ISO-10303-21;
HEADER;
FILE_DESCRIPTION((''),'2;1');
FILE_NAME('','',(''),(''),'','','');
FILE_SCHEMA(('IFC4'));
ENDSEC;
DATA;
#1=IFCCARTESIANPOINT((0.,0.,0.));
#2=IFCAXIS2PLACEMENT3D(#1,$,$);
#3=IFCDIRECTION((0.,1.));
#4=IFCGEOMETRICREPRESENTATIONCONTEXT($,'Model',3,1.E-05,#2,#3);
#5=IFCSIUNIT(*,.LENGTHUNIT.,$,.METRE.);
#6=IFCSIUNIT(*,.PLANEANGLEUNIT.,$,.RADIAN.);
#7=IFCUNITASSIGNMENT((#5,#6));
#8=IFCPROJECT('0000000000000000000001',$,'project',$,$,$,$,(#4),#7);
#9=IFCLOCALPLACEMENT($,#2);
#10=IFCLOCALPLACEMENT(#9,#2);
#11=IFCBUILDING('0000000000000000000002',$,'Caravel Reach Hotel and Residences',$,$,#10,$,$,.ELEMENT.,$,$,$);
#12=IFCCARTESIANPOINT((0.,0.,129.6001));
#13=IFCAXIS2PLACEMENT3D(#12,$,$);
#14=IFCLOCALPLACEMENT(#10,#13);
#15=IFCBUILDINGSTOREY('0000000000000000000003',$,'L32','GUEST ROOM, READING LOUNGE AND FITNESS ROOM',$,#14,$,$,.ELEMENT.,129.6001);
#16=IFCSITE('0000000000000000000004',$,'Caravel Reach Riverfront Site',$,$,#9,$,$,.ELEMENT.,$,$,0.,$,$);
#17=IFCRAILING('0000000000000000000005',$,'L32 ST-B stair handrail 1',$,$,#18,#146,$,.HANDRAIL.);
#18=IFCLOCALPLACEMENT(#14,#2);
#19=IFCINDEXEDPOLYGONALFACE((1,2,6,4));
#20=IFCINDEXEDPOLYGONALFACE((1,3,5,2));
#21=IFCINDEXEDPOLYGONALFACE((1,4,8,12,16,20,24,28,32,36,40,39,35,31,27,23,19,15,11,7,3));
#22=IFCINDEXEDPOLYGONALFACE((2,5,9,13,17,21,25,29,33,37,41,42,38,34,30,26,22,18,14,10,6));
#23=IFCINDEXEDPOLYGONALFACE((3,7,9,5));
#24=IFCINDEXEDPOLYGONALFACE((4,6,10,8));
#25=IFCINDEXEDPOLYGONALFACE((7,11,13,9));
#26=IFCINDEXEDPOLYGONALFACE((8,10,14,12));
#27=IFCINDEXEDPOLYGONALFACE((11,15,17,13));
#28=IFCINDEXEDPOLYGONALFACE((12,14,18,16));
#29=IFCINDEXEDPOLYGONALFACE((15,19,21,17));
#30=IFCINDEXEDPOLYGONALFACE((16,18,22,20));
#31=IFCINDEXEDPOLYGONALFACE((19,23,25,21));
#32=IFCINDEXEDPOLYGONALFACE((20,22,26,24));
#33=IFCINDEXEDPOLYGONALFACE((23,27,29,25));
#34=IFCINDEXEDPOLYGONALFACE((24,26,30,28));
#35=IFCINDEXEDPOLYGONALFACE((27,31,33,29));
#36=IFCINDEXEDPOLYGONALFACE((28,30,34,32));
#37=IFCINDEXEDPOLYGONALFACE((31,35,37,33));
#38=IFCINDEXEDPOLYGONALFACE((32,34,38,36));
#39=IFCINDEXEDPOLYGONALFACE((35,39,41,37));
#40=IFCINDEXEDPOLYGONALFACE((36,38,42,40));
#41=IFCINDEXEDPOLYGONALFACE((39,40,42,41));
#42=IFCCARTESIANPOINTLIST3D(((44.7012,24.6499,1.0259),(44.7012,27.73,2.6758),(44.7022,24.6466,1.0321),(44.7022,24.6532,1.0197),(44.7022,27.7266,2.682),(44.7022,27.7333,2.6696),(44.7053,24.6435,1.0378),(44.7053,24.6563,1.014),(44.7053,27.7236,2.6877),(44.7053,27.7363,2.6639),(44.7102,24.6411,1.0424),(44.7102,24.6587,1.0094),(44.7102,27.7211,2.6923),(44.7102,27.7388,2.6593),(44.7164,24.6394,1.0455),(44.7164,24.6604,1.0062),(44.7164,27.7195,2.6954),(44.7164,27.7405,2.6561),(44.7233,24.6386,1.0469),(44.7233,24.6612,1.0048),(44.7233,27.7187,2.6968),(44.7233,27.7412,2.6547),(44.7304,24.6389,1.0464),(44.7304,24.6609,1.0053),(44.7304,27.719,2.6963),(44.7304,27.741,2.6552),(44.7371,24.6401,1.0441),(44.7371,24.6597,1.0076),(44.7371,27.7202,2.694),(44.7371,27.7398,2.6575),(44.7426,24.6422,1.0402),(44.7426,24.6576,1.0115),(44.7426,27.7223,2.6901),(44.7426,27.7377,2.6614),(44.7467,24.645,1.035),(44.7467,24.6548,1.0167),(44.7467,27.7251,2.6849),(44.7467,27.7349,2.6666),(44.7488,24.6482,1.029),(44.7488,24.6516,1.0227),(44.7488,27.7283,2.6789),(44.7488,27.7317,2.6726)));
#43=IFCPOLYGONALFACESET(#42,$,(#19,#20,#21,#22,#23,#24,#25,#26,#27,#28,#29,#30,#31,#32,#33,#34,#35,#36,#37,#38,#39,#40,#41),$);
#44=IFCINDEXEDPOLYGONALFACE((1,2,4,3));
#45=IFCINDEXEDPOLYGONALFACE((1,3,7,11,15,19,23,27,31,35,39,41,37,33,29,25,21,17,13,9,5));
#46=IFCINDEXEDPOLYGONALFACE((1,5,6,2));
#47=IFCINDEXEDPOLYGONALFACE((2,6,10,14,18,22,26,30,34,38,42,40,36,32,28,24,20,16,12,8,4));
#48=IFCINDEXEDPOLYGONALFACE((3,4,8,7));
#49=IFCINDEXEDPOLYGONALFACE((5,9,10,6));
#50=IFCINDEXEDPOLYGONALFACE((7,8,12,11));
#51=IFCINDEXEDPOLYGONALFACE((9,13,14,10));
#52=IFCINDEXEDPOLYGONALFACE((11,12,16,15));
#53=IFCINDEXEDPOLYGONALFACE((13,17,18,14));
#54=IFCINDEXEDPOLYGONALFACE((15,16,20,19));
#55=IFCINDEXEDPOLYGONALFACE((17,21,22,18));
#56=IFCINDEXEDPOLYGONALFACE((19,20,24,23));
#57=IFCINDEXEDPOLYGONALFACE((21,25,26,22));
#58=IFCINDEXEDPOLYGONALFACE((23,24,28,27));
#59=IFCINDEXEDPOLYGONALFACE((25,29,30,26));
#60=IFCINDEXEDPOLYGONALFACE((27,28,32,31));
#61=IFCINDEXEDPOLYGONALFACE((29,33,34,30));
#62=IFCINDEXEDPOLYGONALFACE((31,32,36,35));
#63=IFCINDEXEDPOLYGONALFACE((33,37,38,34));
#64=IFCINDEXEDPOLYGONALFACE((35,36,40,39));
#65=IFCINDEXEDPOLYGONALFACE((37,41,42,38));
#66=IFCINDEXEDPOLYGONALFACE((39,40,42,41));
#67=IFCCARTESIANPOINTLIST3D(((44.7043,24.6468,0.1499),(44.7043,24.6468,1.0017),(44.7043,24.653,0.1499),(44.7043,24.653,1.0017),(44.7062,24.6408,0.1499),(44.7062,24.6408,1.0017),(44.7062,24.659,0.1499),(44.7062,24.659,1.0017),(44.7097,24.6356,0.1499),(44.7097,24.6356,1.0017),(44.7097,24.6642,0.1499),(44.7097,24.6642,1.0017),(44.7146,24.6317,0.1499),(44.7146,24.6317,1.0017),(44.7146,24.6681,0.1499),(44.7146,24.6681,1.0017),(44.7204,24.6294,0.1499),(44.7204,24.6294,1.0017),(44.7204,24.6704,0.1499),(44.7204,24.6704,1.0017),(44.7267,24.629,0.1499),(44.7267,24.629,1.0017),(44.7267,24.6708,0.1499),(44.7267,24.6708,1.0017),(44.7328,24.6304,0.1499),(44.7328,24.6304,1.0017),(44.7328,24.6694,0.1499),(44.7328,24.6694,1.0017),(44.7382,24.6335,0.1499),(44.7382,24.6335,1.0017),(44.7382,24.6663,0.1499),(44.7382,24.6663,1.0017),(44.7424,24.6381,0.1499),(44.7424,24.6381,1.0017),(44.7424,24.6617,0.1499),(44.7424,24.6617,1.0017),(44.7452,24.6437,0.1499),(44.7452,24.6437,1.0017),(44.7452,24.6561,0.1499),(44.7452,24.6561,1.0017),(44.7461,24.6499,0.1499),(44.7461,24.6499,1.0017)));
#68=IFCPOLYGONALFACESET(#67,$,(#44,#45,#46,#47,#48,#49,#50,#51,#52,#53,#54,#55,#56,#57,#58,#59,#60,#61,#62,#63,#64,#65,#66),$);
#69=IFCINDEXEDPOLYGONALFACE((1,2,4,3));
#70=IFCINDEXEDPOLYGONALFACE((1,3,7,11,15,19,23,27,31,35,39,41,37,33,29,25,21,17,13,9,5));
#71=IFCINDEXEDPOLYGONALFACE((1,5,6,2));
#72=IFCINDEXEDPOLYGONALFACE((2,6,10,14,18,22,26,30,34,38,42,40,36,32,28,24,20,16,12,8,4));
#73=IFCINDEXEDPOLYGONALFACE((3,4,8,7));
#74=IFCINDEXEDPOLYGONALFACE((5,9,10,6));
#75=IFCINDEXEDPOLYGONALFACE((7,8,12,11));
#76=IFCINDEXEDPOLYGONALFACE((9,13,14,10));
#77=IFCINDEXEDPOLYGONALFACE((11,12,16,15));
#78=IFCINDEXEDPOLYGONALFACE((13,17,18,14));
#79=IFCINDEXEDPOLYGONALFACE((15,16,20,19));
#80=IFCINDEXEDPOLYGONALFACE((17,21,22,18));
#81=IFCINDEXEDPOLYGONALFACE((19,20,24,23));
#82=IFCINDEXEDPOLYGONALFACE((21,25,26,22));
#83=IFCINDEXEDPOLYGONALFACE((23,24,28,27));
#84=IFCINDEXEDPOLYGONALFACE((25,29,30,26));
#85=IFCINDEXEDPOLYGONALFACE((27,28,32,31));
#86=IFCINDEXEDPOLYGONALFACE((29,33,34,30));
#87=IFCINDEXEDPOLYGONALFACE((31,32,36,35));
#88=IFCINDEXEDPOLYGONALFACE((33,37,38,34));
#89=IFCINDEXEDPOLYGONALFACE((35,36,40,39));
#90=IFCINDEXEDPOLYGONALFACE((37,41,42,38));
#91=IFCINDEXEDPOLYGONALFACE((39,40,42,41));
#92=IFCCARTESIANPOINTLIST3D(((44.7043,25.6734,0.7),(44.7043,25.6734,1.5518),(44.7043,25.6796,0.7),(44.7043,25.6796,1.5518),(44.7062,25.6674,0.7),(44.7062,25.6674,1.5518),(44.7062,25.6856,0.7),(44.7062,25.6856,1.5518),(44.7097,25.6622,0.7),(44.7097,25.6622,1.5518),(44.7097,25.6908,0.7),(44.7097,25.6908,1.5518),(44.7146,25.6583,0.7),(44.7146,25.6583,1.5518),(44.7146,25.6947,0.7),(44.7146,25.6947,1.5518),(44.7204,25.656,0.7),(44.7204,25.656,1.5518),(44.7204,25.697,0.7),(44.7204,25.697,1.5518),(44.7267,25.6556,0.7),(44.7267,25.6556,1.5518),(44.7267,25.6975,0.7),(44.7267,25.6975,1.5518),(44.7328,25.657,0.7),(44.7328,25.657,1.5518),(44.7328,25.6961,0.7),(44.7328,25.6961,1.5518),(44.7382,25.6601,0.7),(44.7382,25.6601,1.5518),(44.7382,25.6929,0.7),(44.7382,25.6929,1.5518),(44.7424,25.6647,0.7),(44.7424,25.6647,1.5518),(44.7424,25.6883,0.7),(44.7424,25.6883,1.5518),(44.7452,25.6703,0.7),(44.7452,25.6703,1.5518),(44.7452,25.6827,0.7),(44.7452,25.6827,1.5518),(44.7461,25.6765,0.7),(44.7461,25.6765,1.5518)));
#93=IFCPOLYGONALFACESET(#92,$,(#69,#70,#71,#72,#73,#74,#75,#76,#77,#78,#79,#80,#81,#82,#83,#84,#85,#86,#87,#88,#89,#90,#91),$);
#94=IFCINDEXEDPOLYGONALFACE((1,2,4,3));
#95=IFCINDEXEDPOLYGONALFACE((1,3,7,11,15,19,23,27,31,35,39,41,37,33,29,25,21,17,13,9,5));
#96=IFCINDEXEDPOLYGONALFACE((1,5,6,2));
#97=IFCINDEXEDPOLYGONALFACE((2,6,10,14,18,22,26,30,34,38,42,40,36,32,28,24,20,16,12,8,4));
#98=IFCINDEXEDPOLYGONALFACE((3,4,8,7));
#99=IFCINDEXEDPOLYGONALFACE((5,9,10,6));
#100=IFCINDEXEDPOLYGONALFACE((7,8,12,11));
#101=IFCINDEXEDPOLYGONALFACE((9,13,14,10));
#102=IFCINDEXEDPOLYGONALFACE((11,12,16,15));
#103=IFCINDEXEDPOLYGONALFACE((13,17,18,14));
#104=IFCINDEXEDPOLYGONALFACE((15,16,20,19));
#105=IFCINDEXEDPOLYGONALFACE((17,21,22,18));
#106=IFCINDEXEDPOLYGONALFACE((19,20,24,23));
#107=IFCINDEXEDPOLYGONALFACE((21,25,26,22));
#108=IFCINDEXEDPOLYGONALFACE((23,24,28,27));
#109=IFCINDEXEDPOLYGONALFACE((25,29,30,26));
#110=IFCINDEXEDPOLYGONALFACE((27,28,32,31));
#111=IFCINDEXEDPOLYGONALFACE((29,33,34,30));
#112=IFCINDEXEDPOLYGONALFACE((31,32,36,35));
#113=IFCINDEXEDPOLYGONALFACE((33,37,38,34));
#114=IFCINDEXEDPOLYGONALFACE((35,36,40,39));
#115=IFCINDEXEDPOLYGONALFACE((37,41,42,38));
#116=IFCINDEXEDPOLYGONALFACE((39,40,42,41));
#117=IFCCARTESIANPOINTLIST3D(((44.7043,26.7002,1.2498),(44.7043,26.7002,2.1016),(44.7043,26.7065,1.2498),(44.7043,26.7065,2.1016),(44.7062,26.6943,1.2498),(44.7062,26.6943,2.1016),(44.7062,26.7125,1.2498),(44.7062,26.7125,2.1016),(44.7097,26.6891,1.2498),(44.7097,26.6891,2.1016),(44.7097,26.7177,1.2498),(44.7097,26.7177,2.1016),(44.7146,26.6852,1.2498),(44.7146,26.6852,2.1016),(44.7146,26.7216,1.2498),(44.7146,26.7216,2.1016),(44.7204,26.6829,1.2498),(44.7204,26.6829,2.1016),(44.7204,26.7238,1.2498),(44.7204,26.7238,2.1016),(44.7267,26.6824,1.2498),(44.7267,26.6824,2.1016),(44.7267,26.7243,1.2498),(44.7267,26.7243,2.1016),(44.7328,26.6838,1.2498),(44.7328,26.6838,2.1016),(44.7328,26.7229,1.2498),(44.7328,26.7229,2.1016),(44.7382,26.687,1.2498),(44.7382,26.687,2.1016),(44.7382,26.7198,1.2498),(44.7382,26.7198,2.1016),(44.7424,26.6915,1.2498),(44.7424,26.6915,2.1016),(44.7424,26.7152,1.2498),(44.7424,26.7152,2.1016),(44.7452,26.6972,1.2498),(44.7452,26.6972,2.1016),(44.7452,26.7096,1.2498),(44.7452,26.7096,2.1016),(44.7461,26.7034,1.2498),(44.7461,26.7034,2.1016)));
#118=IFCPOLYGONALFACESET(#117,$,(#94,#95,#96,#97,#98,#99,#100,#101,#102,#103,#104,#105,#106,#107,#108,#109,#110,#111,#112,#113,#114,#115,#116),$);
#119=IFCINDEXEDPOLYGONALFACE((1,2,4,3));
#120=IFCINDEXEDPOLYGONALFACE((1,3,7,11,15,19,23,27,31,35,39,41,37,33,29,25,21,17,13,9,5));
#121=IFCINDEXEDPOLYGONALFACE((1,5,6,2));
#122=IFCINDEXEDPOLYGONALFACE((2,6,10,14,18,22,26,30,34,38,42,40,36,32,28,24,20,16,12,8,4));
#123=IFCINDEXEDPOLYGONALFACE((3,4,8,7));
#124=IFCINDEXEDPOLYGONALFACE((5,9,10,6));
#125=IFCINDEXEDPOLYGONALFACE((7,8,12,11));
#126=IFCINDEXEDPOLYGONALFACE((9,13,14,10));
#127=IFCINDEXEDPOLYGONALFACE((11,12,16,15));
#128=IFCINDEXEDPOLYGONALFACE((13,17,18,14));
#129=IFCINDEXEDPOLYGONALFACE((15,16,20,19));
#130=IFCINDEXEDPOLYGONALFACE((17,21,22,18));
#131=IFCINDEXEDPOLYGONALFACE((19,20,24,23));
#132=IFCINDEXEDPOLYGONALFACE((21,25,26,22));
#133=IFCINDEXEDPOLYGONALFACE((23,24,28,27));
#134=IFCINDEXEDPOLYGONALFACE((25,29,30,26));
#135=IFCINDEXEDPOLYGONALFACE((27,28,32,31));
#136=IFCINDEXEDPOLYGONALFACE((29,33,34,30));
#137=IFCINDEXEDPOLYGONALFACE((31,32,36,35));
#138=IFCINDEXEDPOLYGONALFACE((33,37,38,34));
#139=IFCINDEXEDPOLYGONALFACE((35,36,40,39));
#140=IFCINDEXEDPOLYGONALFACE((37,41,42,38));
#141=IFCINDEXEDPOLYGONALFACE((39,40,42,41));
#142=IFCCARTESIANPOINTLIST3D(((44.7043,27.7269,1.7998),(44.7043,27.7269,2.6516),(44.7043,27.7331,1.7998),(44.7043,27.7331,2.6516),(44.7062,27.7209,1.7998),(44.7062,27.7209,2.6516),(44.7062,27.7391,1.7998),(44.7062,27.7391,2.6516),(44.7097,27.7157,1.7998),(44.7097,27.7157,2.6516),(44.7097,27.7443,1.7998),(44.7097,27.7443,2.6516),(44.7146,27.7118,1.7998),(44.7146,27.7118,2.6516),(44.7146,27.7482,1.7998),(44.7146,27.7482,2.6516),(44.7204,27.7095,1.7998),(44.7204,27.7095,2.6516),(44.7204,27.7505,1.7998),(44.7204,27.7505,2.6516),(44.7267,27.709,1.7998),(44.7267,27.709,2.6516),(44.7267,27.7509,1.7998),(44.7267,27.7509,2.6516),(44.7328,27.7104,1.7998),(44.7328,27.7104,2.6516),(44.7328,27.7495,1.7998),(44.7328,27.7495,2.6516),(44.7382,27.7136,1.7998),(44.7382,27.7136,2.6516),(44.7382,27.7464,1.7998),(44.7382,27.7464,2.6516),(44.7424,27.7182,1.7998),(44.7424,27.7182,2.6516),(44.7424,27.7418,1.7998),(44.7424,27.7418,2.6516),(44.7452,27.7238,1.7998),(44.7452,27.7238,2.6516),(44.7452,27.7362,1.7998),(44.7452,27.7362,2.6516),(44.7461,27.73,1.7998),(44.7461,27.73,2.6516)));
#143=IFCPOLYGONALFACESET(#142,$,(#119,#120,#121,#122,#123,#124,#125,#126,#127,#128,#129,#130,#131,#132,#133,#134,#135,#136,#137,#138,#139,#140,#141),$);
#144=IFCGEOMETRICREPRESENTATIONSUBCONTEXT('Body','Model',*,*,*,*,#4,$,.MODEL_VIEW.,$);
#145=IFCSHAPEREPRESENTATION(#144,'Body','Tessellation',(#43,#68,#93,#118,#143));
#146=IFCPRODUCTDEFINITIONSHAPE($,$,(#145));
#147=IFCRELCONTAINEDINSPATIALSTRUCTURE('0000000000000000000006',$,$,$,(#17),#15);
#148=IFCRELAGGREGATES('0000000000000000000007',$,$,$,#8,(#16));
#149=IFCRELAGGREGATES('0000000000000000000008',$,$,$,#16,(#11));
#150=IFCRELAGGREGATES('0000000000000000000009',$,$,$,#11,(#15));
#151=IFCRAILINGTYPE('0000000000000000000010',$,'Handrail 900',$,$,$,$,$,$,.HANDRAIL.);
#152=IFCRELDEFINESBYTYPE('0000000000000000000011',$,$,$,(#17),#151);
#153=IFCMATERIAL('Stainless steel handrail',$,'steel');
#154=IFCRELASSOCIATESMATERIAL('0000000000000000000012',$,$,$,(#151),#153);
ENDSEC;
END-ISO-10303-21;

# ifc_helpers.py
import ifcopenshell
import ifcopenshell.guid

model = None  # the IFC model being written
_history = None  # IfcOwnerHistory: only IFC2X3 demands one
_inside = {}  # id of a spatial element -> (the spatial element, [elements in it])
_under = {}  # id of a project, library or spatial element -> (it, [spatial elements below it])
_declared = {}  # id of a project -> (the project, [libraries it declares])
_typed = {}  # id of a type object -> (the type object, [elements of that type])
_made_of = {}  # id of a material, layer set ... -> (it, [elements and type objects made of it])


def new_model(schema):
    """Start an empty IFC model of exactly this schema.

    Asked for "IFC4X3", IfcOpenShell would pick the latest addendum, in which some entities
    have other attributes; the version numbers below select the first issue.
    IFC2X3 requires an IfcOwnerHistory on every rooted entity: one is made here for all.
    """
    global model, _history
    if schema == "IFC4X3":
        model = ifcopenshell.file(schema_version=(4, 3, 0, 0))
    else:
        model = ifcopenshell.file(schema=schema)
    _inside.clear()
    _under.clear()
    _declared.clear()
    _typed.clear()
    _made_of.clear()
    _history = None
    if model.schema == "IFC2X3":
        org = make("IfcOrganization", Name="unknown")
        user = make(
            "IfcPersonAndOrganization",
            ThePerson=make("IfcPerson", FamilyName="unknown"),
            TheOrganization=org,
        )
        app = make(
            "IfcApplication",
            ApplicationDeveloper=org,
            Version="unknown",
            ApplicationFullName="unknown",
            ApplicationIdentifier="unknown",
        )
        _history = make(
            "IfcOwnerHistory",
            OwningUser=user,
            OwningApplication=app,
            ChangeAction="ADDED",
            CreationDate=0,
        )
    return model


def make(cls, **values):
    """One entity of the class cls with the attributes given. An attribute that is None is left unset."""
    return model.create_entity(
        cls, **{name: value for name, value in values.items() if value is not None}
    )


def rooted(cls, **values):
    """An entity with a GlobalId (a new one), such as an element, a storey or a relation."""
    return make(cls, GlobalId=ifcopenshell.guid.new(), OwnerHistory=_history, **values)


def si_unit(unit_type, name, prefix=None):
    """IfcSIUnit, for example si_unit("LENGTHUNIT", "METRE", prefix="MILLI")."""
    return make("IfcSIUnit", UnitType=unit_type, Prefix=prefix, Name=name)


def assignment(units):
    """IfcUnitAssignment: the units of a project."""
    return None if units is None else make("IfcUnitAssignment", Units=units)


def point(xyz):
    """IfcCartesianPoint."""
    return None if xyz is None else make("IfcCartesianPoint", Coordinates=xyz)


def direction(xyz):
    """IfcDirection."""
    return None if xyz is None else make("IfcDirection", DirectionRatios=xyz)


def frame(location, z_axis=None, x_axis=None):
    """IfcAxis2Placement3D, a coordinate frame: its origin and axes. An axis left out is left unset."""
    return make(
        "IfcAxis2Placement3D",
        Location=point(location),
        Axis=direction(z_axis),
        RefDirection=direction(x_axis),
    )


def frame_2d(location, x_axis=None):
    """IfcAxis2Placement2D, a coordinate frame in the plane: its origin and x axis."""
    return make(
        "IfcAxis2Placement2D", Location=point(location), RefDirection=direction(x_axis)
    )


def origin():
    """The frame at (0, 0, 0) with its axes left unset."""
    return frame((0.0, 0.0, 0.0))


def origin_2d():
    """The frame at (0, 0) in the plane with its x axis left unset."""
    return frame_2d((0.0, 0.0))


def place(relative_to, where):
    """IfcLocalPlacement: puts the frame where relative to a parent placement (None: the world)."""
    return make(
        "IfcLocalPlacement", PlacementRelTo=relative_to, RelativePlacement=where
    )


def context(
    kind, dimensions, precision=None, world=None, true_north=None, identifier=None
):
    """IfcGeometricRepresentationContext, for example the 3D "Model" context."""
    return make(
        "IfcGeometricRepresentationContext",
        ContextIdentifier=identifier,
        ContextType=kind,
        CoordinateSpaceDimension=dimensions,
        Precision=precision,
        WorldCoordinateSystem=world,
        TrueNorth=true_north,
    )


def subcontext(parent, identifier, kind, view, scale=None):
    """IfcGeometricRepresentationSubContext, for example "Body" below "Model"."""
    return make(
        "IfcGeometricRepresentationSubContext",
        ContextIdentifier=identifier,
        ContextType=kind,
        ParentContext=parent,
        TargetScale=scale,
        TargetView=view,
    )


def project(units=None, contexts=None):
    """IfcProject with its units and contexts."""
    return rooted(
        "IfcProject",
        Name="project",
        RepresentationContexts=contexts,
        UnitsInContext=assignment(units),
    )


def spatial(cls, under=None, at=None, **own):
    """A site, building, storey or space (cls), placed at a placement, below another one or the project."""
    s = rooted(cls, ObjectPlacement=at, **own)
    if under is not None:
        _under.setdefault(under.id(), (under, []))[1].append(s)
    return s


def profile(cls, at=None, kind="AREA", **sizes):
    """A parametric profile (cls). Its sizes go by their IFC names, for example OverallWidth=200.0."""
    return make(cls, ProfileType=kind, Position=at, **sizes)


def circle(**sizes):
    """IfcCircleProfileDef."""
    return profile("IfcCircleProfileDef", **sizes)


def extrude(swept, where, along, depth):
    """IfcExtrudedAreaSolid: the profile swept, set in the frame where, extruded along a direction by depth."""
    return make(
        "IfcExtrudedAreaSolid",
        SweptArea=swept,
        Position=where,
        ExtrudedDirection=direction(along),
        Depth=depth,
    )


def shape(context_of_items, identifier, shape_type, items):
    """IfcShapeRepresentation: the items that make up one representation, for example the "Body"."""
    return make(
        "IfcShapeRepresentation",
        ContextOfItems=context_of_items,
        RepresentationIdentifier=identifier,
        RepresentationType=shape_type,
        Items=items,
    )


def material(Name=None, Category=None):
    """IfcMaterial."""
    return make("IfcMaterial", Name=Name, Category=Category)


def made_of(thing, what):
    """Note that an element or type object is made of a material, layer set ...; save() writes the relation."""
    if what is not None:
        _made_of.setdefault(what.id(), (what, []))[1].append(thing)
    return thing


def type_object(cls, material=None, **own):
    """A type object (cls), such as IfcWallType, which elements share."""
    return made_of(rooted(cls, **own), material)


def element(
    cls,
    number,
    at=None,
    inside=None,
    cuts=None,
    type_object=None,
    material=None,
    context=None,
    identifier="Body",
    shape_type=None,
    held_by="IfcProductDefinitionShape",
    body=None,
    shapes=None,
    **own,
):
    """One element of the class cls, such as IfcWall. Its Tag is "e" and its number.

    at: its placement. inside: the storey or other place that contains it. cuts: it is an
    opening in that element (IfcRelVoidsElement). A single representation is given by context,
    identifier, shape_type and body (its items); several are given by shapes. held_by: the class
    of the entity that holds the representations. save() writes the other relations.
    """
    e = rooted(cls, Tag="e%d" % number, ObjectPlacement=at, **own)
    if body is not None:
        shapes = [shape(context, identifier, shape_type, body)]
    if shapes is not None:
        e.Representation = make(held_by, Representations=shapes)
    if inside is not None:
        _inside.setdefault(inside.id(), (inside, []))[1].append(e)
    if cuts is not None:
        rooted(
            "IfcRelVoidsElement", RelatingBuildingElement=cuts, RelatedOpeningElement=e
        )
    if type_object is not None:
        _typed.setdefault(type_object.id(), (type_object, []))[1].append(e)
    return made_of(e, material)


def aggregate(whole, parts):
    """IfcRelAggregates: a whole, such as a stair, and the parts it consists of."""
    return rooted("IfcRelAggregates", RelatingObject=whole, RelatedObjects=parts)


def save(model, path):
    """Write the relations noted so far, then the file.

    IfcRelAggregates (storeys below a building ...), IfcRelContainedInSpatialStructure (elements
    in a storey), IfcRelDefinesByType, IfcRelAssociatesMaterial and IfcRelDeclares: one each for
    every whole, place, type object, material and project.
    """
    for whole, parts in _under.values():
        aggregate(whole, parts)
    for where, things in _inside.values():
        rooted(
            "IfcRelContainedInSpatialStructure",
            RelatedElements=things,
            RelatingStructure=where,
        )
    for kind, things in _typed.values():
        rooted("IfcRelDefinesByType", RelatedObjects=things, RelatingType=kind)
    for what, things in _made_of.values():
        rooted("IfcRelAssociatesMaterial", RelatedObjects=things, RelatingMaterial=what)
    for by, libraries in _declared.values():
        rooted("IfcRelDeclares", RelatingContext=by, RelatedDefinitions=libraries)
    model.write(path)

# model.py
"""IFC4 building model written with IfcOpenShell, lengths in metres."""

from ifc_helpers import new_model, si_unit, direction, frame, origin, origin_2d, place, context, subcontext, project, spatial, circle, extrude, material, type_object, element, save


model = new_model("IFC4")

# Units and contexts
model_context = context("Model", 3, precision=1e-05, world=origin(), true_north=direction((0.0, 1.0)))
body_context = subcontext(model_context, "Body", "Model", "MODEL_VIEW")
ifc_project = project(units=[si_unit("LENGTHUNIT", "METRE"), si_unit("PLANEANGLEUNIT", "RADIAN")], contexts=[model_context])

# Site, building, storey
site_placement = place(None, origin())
site = spatial("IfcSite", under=ifc_project, at=site_placement, Name="Caravel Reach Riverfront Site", CompositionType="ELEMENT", RefElevation=0.0)
building_placement = place(site_placement, origin())
building = spatial("IfcBuilding", under=site, at=building_placement, Name="Caravel Reach Hotel and Residences", CompositionType="ELEMENT")
storey_placement = place(building_placement, frame((0.0, 0.0, 129.6001)))
storey = spatial("IfcBuildingStorey", under=building, at=storey_placement, Name="L32", Description="GUEST ROOM, READING LOUNGE AND FITNESS ROOM", CompositionType="ELEMENT", Elevation=129.6001)

# Railing
ifc_material_1 = material(Name="Stainless steel handrail", Category="steel")
railing_type_1 = type_object("IfcRailingType", Name="Handrail 900", PredefinedType="HANDRAIL", material=ifc_material_1)
railing_1_placement = place(storey_placement, frame((44.7251, 24.6499, 0.1499)))
element("IfcRailing", 1, at=railing_1_placement, inside=storey, type_object=railing_type_1, Name="L32 ST-B stair handrail 1", PredefinedType="HANDRAIL", context=body_context, shape_type="SweptSolid", body=[
    extrude(circle(Radius=0.0239, at=origin_2d()), frame((0.0, 0.0, 0.876), z_axis=(0.0, 0.881497, 0.47219), x_axis=(-1.0, 0.0, 0.0)), (0.0, 0.0, 1.0), 3.4941),
    extrude(circle(Radius=0.021, at=origin_2d()), origin(), (0.0, 0.0, 1.0), 0.8518),
    extrude(circle(Radius=0.021, at=origin_2d()), frame((0.0, 1.0266, 0.55)), (0.0, 0.0, 1.0), 0.8518),
    extrude(circle(Radius=0.021, at=origin_2d()), frame((0.0, 2.0535, 1.0999)), (0.0, 0.0, 1.0), 0.8518),
    extrude(circle(Radius=0.021, at=origin_2d()), frame((0.0, 3.0801, 1.6499)), (0.0, 0.0, 1.0), 0.8518),
])

save(model, "model.ifc")
